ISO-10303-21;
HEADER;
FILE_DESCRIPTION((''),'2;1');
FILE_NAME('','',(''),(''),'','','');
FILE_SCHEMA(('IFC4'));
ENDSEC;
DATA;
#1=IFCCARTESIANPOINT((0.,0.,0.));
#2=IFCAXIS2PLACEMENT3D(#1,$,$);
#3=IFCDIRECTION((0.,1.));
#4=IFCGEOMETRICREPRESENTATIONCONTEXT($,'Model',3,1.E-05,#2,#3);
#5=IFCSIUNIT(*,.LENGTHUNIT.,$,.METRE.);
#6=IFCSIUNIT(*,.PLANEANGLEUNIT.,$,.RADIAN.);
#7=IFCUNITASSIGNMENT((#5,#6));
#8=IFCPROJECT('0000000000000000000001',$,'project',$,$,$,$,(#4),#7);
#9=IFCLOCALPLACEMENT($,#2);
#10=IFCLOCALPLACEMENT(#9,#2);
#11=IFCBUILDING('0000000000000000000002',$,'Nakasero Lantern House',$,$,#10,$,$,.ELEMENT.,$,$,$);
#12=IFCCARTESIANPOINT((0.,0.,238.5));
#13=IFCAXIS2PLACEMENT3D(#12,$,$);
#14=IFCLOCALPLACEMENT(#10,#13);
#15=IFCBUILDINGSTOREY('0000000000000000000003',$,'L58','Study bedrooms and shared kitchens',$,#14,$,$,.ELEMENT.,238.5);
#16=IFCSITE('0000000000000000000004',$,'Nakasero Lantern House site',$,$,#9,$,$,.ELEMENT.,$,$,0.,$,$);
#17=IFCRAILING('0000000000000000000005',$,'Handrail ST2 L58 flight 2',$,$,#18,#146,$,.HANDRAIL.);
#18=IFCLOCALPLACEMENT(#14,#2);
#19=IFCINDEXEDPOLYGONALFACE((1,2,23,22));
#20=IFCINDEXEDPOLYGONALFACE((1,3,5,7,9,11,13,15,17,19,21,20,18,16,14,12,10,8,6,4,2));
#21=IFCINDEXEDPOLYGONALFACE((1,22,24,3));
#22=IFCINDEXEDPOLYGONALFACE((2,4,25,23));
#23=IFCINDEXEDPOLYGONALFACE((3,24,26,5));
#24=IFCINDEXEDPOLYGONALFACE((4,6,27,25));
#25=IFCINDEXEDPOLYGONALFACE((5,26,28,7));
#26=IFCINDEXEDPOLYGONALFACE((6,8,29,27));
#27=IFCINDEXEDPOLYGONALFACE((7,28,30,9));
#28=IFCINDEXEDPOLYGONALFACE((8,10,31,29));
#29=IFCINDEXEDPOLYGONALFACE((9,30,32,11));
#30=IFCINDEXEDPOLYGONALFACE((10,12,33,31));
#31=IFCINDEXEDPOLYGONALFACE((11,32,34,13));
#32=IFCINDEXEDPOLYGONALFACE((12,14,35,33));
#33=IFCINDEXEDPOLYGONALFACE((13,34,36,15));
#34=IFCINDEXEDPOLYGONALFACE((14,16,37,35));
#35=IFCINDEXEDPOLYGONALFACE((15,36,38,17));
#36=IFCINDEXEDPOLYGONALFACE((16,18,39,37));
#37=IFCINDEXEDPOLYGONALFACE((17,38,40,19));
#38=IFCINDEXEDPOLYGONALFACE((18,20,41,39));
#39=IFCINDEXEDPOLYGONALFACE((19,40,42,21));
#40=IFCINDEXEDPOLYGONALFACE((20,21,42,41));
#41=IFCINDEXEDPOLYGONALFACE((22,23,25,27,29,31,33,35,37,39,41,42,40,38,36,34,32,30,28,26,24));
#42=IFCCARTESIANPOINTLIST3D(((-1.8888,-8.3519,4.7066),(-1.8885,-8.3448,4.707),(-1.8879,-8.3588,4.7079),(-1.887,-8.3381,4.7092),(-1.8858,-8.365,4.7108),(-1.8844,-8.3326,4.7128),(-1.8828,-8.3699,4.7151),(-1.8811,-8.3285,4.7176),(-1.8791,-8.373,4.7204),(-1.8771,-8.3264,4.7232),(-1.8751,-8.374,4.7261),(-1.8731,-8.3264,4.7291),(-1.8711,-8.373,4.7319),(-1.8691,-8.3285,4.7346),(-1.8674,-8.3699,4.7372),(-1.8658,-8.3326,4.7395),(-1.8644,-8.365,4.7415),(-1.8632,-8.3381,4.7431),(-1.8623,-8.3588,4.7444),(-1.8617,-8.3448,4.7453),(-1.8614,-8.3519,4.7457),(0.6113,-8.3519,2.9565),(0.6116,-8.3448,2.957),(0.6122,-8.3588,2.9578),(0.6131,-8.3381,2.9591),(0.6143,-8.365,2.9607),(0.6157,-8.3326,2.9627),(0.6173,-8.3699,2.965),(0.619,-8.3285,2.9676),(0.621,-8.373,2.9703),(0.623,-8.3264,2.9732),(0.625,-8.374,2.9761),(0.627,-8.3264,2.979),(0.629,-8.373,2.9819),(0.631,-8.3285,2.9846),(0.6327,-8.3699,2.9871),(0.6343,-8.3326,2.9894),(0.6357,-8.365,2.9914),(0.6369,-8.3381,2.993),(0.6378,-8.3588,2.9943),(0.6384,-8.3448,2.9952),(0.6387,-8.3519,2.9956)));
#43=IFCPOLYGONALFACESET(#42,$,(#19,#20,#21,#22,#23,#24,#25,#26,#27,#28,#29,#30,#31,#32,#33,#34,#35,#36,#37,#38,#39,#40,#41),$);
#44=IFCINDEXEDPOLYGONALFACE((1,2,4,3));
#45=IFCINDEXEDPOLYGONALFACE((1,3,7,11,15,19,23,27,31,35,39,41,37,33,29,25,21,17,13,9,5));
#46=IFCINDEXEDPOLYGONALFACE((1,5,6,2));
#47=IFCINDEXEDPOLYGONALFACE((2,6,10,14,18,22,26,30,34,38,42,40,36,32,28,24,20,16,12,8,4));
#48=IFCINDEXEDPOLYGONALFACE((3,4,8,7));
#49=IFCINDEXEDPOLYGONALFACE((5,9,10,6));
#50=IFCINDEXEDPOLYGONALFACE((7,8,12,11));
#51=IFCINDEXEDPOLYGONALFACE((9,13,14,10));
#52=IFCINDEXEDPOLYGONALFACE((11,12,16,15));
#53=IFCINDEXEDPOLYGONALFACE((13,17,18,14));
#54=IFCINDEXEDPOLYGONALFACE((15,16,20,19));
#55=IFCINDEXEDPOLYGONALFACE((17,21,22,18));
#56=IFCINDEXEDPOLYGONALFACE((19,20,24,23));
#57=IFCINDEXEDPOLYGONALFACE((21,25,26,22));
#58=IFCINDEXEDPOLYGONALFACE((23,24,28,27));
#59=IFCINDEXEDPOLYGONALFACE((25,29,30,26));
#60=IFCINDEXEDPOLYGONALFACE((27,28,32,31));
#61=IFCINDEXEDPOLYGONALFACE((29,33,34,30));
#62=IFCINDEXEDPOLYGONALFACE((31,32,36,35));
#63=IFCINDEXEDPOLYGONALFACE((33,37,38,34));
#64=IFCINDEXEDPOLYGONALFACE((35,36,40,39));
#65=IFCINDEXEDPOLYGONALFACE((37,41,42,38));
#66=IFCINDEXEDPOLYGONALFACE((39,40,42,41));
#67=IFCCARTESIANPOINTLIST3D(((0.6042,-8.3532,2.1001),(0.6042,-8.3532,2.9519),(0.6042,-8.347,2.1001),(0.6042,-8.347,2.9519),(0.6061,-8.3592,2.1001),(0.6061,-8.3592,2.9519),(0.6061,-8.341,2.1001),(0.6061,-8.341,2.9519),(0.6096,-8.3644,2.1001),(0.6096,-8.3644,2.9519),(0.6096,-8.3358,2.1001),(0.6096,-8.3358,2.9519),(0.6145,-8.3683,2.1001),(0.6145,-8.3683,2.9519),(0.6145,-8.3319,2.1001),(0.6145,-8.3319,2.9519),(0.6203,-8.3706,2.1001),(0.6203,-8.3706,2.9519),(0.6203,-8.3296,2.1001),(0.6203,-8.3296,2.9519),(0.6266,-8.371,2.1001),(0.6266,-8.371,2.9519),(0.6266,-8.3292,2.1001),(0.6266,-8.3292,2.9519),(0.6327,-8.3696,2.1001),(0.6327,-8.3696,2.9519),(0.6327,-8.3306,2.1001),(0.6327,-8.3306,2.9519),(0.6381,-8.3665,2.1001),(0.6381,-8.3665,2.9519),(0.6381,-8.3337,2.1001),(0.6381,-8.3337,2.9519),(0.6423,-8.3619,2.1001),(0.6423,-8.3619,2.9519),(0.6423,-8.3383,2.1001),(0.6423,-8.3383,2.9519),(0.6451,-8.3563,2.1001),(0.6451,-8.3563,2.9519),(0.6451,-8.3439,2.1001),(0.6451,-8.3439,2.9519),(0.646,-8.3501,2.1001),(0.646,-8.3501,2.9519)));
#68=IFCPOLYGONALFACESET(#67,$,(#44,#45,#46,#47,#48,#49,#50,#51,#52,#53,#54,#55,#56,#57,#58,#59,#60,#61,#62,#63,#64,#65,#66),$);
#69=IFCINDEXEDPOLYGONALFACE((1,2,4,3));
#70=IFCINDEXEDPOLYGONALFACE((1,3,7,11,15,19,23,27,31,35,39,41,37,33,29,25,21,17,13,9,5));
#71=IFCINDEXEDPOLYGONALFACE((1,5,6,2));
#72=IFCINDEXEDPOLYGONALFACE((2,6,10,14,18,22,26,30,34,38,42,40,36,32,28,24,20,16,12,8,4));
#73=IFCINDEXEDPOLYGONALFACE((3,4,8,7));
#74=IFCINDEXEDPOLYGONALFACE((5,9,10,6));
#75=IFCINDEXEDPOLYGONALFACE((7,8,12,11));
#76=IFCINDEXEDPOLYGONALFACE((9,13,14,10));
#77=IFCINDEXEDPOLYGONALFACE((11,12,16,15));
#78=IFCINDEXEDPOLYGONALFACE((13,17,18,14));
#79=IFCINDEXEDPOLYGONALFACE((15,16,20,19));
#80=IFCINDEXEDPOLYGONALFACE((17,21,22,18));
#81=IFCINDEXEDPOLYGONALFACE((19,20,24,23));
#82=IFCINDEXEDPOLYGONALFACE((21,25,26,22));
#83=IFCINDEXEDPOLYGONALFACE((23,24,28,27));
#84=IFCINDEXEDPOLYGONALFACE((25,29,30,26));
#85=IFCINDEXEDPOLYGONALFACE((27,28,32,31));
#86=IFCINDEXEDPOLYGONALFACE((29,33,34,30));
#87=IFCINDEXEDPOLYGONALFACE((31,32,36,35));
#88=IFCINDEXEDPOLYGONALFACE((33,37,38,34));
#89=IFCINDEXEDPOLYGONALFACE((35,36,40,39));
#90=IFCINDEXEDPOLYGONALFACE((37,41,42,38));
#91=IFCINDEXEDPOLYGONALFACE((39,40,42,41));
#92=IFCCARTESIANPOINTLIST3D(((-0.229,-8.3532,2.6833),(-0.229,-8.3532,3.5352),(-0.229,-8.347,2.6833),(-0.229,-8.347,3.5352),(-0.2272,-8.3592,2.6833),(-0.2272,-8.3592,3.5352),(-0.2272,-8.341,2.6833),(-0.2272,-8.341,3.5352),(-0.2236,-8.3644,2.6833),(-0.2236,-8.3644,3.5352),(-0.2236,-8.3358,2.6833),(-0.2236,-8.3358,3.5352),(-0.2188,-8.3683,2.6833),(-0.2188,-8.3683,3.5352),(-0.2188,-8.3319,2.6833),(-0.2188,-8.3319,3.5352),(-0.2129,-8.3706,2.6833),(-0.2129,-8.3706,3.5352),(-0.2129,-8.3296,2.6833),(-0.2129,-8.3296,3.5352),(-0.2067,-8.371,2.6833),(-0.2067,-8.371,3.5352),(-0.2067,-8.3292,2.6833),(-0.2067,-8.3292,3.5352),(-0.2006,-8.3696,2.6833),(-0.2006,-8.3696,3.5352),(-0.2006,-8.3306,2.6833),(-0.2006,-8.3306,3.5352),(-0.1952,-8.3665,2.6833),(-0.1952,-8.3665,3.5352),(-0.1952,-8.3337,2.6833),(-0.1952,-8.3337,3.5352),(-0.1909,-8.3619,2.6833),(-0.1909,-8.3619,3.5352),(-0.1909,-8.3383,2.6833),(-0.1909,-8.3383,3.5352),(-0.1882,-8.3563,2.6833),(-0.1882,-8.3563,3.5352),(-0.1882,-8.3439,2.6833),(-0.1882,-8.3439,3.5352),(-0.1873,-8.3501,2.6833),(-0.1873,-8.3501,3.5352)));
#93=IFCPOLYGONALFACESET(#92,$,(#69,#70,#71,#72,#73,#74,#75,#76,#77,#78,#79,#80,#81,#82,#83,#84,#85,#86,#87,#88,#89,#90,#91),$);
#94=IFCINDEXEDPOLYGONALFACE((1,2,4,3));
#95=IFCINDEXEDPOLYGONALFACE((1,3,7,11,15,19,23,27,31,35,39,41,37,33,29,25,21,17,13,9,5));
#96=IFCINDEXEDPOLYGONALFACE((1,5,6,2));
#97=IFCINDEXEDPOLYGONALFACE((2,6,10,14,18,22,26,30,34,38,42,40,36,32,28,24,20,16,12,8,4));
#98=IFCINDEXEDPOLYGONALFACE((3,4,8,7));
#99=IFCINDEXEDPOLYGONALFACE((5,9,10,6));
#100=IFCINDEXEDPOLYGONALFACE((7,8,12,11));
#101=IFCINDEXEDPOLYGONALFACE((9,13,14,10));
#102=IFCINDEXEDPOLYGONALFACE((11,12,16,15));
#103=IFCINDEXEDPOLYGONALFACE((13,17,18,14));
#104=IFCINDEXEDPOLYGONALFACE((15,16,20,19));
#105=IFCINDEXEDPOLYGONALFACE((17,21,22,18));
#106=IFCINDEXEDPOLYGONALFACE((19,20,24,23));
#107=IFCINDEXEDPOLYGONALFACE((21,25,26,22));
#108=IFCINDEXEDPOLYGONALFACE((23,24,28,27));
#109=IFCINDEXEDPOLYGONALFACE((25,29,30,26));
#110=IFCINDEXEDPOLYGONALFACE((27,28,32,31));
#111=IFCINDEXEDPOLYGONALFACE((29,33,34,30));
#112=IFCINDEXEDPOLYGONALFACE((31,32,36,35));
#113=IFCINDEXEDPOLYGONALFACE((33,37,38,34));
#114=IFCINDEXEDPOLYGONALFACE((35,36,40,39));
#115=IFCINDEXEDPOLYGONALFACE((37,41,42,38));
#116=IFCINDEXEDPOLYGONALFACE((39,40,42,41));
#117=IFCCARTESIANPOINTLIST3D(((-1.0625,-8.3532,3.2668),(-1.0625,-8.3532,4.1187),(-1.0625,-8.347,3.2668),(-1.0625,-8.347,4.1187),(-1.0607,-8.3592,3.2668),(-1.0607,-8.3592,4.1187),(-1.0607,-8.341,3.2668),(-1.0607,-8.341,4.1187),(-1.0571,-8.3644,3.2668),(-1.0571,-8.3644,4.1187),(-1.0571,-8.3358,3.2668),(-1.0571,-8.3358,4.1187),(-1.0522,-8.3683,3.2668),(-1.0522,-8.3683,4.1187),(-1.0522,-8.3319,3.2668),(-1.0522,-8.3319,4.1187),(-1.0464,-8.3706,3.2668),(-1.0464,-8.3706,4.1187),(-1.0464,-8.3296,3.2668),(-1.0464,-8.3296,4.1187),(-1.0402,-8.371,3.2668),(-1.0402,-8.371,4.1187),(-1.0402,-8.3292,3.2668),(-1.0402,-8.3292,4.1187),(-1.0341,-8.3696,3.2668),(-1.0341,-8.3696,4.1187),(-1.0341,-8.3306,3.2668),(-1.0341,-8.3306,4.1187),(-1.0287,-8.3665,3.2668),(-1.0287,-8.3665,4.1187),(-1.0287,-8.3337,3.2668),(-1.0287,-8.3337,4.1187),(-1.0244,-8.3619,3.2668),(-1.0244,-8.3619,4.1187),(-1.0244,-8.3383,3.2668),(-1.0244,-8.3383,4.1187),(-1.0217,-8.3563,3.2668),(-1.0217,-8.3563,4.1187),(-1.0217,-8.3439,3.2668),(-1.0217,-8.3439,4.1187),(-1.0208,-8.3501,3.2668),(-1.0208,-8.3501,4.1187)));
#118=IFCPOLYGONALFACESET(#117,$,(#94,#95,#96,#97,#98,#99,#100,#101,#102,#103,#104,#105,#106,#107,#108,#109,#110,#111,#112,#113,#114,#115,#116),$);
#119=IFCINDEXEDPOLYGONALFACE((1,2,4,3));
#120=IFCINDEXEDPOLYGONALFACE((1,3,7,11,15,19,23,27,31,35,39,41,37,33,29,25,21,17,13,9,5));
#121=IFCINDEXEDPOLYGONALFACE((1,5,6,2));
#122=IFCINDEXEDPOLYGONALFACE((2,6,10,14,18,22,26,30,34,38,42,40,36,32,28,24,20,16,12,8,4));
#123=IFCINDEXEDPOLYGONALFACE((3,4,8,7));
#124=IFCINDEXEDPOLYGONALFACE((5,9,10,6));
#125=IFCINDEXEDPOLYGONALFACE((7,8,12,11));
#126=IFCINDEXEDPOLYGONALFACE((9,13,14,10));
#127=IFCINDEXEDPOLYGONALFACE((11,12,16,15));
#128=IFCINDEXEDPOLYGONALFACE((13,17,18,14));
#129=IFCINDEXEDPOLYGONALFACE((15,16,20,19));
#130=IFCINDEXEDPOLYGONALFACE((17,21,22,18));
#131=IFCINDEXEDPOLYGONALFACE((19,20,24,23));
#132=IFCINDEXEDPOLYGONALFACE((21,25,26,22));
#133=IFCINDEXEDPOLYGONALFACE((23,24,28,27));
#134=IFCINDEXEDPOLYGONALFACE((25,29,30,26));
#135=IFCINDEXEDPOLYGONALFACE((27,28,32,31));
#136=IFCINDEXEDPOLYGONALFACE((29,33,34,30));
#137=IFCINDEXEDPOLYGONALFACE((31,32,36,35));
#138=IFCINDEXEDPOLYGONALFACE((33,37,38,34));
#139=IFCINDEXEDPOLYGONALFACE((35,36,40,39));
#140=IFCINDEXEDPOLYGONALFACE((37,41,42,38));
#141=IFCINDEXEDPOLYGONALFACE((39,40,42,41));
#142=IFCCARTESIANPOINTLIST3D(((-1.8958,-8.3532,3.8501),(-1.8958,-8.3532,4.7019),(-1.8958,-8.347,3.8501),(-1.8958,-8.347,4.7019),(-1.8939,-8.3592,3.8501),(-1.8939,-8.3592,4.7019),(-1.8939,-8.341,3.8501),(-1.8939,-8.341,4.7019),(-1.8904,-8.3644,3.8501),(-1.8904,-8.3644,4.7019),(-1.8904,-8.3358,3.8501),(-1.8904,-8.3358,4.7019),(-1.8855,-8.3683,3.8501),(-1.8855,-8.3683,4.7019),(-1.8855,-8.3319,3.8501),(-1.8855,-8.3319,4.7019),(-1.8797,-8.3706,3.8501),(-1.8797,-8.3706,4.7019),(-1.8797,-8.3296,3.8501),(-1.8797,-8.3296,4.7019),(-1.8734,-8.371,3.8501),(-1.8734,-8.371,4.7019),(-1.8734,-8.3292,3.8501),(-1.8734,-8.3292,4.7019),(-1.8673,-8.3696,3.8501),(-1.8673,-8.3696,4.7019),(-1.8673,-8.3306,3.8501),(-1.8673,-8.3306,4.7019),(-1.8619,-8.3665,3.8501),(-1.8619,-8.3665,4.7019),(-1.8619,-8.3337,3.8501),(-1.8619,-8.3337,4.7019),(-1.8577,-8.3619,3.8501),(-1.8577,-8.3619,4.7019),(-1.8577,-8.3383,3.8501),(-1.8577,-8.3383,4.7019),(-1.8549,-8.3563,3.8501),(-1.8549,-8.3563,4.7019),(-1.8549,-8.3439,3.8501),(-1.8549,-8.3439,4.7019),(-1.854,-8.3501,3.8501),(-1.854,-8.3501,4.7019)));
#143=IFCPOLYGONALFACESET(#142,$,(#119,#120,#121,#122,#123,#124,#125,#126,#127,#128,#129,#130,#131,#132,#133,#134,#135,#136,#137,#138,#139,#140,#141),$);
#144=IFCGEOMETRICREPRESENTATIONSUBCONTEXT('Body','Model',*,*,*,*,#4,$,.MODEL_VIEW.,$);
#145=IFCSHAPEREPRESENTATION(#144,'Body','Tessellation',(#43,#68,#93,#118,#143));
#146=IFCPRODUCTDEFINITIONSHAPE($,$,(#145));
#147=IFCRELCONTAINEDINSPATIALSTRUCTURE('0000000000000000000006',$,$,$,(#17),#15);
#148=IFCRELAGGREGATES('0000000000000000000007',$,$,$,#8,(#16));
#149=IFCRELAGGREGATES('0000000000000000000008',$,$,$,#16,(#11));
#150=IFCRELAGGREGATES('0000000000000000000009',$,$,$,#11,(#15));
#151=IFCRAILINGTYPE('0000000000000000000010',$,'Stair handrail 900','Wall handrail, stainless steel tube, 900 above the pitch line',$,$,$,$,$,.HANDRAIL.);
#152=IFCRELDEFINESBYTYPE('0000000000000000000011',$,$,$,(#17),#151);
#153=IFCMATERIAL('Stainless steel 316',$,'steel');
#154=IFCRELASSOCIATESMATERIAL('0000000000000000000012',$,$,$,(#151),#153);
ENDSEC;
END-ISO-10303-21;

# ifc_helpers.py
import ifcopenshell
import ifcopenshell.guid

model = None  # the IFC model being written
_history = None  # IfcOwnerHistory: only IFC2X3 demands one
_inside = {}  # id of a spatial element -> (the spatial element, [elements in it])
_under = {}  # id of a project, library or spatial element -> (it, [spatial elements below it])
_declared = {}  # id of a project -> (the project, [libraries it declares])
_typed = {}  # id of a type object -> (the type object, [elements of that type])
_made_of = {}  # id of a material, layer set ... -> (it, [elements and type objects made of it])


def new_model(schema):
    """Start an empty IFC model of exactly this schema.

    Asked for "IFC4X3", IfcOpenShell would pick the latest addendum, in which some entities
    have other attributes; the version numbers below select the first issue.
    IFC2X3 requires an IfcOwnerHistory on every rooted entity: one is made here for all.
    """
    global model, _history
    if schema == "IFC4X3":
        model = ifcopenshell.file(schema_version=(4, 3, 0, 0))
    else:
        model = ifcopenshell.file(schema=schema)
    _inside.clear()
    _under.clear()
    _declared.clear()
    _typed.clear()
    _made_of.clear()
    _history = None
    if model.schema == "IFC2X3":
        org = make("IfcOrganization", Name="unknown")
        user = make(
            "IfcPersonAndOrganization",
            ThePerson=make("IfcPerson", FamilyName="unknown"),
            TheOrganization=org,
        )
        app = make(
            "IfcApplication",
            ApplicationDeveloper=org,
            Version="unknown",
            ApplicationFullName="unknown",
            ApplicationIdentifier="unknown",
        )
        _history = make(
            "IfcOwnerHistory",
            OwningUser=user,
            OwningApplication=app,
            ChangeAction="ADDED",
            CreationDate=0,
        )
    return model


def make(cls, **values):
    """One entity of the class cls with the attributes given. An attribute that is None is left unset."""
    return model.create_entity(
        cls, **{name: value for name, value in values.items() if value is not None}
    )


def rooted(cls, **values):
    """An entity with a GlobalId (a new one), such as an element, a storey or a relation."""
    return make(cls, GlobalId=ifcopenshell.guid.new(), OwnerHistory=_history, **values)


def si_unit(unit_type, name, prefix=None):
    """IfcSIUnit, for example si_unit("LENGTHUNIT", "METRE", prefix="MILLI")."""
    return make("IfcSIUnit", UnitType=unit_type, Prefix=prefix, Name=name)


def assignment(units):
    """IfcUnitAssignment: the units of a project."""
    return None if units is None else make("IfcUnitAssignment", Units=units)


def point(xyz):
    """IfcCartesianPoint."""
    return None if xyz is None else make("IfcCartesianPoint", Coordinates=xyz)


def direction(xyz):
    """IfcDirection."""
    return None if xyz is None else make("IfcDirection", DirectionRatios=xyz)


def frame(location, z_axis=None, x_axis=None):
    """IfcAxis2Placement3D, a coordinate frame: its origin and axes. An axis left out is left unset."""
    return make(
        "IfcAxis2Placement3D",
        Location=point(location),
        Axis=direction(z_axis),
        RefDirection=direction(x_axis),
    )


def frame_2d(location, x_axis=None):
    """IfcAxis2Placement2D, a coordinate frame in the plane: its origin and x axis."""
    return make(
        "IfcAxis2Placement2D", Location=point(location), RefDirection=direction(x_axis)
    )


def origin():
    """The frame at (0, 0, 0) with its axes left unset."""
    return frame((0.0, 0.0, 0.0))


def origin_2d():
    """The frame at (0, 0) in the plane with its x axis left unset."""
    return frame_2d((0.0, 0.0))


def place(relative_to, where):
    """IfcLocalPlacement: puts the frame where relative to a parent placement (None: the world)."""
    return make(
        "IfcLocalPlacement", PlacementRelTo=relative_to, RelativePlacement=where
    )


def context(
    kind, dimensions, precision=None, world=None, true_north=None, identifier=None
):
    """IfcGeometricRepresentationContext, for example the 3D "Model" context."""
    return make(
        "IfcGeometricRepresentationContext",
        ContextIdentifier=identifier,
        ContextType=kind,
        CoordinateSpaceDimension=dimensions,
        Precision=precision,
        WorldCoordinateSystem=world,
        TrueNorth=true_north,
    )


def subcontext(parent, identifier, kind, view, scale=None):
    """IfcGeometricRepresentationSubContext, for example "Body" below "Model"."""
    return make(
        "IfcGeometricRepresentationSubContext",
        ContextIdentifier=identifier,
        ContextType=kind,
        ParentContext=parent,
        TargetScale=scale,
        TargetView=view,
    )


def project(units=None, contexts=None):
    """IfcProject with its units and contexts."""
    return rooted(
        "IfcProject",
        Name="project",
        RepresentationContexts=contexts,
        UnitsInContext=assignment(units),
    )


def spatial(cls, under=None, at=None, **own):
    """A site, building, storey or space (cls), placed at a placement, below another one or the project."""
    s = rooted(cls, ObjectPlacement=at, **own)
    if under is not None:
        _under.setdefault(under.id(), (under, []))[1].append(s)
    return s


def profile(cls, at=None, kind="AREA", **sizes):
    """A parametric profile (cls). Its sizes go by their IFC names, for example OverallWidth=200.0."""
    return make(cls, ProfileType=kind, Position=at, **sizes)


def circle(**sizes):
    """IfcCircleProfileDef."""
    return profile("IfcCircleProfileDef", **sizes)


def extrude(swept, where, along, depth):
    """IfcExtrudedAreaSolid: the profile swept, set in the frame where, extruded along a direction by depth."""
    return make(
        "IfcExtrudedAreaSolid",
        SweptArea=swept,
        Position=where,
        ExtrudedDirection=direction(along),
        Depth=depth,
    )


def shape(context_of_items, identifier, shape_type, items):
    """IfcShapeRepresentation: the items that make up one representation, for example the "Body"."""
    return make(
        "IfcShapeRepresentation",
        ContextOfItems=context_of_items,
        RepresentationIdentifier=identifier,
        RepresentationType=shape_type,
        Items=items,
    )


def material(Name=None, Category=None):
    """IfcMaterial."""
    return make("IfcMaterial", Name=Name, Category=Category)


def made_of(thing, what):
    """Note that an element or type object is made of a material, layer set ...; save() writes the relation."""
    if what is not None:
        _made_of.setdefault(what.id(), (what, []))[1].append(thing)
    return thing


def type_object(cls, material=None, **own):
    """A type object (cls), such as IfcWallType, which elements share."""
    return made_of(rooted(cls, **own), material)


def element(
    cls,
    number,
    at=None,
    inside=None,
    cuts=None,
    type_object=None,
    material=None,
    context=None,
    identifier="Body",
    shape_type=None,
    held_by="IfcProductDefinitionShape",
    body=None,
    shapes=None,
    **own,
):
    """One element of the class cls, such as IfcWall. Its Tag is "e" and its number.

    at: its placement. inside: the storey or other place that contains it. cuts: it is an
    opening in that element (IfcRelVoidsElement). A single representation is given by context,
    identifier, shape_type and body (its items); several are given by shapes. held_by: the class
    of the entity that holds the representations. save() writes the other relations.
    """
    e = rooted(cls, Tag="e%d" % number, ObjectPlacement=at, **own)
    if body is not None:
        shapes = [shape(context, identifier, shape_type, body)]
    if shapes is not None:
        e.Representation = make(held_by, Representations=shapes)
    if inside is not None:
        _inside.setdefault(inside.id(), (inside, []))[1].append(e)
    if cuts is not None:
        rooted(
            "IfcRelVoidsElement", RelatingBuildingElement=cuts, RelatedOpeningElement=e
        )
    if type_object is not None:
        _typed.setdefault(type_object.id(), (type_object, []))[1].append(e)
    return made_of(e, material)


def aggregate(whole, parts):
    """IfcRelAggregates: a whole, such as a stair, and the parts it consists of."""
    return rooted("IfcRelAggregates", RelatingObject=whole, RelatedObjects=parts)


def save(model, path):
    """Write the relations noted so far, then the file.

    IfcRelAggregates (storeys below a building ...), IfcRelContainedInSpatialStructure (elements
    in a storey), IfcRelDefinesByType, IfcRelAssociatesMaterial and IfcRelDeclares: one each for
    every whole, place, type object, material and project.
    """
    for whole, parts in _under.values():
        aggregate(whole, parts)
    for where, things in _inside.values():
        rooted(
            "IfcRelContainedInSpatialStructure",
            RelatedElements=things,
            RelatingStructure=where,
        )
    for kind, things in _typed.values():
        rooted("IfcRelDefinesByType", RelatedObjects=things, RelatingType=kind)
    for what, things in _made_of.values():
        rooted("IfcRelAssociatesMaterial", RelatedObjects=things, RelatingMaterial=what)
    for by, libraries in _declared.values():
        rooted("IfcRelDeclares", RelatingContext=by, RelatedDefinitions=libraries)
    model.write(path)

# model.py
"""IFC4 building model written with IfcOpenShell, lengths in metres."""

from ifc_helpers import new_model, si_unit, direction, frame, origin, origin_2d, place, context, subcontext, project, spatial, circle, extrude, material, type_object, element, save


model = new_model("IFC4")

# Units and contexts
model_context = context("Model", 3, precision=1e-05, world=origin(), true_north=direction((0.0, 1.0)))
body_context = subcontext(model_context, "Body", "Model", "MODEL_VIEW")
ifc_project = project(units=[si_unit("LENGTHUNIT", "METRE"), si_unit("PLANEANGLEUNIT", "RADIAN")], contexts=[model_context])

# Site, building, storey
site_placement = place(None, origin())
site = spatial("IfcSite", under=ifc_project, at=site_placement, Name="Nakasero Lantern House site", CompositionType="ELEMENT", RefElevation=0.0)
building_placement = place(site_placement, origin())
building = spatial("IfcBuilding", under=site, at=building_placement, Name="Nakasero Lantern House", CompositionType="ELEMENT")
storey_placement = place(building_placement, frame((0.0, 0.0, 238.5)))
storey = spatial("IfcBuildingStorey", under=building, at=storey_placement, Name="L58", Description="Study bedrooms and shared kitchens", CompositionType="ELEMENT", Elevation=238.5)

# Railing
ifc_material_1 = material(Name="Stainless steel 316", Category="steel")
railing_type = type_object("IfcRailingType", Name="Stair handrail 900", Description="Wall handrail, stainless steel tube, 900 above the pitch line", PredefinedType="HANDRAIL", material=ifc_material_1)
railing_placement = place(storey_placement, frame((0.625, -8.3501, 2.1001)))
element("IfcRailing", 1, at=railing_placement, inside=storey, type_object=railing_type, Name="Handrail ST2 L58 flight 2", PredefinedType="HANDRAIL", context=body_context, shape_type="SweptSolid", body=[
    extrude(circle(Radius=0.0239, at=origin_2d()), frame((0.0, 0.0, 0.876), z_axis=(-0.819232, 0.0, 0.573462), x_axis=(0.0, -1.0, 0.0)), (0.0, 0.0, 1.0), 3.0518),
    extrude(circle(Radius=0.021, at=origin_2d()), origin(), (0.0, 0.0, 1.0), 0.8518),
    extrude(circle(Radius=0.021, at=origin_2d()), frame((-0.8333, 0.0, 0.5833)), (0.0, 0.0, 1.0), 0.8518),
    extrude(circle(Radius=0.021, at=origin_2d()), frame((-1.6667, 0.0, 1.1667)), (0.0, 0.0, 1.0), 0.8518),
    extrude(circle(Radius=0.021, at=origin_2d()), frame((-2.5, 0.0, 1.75)), (0.0, 0.0, 1.0), 0.8518),
])

save(model, "model.ifc")
